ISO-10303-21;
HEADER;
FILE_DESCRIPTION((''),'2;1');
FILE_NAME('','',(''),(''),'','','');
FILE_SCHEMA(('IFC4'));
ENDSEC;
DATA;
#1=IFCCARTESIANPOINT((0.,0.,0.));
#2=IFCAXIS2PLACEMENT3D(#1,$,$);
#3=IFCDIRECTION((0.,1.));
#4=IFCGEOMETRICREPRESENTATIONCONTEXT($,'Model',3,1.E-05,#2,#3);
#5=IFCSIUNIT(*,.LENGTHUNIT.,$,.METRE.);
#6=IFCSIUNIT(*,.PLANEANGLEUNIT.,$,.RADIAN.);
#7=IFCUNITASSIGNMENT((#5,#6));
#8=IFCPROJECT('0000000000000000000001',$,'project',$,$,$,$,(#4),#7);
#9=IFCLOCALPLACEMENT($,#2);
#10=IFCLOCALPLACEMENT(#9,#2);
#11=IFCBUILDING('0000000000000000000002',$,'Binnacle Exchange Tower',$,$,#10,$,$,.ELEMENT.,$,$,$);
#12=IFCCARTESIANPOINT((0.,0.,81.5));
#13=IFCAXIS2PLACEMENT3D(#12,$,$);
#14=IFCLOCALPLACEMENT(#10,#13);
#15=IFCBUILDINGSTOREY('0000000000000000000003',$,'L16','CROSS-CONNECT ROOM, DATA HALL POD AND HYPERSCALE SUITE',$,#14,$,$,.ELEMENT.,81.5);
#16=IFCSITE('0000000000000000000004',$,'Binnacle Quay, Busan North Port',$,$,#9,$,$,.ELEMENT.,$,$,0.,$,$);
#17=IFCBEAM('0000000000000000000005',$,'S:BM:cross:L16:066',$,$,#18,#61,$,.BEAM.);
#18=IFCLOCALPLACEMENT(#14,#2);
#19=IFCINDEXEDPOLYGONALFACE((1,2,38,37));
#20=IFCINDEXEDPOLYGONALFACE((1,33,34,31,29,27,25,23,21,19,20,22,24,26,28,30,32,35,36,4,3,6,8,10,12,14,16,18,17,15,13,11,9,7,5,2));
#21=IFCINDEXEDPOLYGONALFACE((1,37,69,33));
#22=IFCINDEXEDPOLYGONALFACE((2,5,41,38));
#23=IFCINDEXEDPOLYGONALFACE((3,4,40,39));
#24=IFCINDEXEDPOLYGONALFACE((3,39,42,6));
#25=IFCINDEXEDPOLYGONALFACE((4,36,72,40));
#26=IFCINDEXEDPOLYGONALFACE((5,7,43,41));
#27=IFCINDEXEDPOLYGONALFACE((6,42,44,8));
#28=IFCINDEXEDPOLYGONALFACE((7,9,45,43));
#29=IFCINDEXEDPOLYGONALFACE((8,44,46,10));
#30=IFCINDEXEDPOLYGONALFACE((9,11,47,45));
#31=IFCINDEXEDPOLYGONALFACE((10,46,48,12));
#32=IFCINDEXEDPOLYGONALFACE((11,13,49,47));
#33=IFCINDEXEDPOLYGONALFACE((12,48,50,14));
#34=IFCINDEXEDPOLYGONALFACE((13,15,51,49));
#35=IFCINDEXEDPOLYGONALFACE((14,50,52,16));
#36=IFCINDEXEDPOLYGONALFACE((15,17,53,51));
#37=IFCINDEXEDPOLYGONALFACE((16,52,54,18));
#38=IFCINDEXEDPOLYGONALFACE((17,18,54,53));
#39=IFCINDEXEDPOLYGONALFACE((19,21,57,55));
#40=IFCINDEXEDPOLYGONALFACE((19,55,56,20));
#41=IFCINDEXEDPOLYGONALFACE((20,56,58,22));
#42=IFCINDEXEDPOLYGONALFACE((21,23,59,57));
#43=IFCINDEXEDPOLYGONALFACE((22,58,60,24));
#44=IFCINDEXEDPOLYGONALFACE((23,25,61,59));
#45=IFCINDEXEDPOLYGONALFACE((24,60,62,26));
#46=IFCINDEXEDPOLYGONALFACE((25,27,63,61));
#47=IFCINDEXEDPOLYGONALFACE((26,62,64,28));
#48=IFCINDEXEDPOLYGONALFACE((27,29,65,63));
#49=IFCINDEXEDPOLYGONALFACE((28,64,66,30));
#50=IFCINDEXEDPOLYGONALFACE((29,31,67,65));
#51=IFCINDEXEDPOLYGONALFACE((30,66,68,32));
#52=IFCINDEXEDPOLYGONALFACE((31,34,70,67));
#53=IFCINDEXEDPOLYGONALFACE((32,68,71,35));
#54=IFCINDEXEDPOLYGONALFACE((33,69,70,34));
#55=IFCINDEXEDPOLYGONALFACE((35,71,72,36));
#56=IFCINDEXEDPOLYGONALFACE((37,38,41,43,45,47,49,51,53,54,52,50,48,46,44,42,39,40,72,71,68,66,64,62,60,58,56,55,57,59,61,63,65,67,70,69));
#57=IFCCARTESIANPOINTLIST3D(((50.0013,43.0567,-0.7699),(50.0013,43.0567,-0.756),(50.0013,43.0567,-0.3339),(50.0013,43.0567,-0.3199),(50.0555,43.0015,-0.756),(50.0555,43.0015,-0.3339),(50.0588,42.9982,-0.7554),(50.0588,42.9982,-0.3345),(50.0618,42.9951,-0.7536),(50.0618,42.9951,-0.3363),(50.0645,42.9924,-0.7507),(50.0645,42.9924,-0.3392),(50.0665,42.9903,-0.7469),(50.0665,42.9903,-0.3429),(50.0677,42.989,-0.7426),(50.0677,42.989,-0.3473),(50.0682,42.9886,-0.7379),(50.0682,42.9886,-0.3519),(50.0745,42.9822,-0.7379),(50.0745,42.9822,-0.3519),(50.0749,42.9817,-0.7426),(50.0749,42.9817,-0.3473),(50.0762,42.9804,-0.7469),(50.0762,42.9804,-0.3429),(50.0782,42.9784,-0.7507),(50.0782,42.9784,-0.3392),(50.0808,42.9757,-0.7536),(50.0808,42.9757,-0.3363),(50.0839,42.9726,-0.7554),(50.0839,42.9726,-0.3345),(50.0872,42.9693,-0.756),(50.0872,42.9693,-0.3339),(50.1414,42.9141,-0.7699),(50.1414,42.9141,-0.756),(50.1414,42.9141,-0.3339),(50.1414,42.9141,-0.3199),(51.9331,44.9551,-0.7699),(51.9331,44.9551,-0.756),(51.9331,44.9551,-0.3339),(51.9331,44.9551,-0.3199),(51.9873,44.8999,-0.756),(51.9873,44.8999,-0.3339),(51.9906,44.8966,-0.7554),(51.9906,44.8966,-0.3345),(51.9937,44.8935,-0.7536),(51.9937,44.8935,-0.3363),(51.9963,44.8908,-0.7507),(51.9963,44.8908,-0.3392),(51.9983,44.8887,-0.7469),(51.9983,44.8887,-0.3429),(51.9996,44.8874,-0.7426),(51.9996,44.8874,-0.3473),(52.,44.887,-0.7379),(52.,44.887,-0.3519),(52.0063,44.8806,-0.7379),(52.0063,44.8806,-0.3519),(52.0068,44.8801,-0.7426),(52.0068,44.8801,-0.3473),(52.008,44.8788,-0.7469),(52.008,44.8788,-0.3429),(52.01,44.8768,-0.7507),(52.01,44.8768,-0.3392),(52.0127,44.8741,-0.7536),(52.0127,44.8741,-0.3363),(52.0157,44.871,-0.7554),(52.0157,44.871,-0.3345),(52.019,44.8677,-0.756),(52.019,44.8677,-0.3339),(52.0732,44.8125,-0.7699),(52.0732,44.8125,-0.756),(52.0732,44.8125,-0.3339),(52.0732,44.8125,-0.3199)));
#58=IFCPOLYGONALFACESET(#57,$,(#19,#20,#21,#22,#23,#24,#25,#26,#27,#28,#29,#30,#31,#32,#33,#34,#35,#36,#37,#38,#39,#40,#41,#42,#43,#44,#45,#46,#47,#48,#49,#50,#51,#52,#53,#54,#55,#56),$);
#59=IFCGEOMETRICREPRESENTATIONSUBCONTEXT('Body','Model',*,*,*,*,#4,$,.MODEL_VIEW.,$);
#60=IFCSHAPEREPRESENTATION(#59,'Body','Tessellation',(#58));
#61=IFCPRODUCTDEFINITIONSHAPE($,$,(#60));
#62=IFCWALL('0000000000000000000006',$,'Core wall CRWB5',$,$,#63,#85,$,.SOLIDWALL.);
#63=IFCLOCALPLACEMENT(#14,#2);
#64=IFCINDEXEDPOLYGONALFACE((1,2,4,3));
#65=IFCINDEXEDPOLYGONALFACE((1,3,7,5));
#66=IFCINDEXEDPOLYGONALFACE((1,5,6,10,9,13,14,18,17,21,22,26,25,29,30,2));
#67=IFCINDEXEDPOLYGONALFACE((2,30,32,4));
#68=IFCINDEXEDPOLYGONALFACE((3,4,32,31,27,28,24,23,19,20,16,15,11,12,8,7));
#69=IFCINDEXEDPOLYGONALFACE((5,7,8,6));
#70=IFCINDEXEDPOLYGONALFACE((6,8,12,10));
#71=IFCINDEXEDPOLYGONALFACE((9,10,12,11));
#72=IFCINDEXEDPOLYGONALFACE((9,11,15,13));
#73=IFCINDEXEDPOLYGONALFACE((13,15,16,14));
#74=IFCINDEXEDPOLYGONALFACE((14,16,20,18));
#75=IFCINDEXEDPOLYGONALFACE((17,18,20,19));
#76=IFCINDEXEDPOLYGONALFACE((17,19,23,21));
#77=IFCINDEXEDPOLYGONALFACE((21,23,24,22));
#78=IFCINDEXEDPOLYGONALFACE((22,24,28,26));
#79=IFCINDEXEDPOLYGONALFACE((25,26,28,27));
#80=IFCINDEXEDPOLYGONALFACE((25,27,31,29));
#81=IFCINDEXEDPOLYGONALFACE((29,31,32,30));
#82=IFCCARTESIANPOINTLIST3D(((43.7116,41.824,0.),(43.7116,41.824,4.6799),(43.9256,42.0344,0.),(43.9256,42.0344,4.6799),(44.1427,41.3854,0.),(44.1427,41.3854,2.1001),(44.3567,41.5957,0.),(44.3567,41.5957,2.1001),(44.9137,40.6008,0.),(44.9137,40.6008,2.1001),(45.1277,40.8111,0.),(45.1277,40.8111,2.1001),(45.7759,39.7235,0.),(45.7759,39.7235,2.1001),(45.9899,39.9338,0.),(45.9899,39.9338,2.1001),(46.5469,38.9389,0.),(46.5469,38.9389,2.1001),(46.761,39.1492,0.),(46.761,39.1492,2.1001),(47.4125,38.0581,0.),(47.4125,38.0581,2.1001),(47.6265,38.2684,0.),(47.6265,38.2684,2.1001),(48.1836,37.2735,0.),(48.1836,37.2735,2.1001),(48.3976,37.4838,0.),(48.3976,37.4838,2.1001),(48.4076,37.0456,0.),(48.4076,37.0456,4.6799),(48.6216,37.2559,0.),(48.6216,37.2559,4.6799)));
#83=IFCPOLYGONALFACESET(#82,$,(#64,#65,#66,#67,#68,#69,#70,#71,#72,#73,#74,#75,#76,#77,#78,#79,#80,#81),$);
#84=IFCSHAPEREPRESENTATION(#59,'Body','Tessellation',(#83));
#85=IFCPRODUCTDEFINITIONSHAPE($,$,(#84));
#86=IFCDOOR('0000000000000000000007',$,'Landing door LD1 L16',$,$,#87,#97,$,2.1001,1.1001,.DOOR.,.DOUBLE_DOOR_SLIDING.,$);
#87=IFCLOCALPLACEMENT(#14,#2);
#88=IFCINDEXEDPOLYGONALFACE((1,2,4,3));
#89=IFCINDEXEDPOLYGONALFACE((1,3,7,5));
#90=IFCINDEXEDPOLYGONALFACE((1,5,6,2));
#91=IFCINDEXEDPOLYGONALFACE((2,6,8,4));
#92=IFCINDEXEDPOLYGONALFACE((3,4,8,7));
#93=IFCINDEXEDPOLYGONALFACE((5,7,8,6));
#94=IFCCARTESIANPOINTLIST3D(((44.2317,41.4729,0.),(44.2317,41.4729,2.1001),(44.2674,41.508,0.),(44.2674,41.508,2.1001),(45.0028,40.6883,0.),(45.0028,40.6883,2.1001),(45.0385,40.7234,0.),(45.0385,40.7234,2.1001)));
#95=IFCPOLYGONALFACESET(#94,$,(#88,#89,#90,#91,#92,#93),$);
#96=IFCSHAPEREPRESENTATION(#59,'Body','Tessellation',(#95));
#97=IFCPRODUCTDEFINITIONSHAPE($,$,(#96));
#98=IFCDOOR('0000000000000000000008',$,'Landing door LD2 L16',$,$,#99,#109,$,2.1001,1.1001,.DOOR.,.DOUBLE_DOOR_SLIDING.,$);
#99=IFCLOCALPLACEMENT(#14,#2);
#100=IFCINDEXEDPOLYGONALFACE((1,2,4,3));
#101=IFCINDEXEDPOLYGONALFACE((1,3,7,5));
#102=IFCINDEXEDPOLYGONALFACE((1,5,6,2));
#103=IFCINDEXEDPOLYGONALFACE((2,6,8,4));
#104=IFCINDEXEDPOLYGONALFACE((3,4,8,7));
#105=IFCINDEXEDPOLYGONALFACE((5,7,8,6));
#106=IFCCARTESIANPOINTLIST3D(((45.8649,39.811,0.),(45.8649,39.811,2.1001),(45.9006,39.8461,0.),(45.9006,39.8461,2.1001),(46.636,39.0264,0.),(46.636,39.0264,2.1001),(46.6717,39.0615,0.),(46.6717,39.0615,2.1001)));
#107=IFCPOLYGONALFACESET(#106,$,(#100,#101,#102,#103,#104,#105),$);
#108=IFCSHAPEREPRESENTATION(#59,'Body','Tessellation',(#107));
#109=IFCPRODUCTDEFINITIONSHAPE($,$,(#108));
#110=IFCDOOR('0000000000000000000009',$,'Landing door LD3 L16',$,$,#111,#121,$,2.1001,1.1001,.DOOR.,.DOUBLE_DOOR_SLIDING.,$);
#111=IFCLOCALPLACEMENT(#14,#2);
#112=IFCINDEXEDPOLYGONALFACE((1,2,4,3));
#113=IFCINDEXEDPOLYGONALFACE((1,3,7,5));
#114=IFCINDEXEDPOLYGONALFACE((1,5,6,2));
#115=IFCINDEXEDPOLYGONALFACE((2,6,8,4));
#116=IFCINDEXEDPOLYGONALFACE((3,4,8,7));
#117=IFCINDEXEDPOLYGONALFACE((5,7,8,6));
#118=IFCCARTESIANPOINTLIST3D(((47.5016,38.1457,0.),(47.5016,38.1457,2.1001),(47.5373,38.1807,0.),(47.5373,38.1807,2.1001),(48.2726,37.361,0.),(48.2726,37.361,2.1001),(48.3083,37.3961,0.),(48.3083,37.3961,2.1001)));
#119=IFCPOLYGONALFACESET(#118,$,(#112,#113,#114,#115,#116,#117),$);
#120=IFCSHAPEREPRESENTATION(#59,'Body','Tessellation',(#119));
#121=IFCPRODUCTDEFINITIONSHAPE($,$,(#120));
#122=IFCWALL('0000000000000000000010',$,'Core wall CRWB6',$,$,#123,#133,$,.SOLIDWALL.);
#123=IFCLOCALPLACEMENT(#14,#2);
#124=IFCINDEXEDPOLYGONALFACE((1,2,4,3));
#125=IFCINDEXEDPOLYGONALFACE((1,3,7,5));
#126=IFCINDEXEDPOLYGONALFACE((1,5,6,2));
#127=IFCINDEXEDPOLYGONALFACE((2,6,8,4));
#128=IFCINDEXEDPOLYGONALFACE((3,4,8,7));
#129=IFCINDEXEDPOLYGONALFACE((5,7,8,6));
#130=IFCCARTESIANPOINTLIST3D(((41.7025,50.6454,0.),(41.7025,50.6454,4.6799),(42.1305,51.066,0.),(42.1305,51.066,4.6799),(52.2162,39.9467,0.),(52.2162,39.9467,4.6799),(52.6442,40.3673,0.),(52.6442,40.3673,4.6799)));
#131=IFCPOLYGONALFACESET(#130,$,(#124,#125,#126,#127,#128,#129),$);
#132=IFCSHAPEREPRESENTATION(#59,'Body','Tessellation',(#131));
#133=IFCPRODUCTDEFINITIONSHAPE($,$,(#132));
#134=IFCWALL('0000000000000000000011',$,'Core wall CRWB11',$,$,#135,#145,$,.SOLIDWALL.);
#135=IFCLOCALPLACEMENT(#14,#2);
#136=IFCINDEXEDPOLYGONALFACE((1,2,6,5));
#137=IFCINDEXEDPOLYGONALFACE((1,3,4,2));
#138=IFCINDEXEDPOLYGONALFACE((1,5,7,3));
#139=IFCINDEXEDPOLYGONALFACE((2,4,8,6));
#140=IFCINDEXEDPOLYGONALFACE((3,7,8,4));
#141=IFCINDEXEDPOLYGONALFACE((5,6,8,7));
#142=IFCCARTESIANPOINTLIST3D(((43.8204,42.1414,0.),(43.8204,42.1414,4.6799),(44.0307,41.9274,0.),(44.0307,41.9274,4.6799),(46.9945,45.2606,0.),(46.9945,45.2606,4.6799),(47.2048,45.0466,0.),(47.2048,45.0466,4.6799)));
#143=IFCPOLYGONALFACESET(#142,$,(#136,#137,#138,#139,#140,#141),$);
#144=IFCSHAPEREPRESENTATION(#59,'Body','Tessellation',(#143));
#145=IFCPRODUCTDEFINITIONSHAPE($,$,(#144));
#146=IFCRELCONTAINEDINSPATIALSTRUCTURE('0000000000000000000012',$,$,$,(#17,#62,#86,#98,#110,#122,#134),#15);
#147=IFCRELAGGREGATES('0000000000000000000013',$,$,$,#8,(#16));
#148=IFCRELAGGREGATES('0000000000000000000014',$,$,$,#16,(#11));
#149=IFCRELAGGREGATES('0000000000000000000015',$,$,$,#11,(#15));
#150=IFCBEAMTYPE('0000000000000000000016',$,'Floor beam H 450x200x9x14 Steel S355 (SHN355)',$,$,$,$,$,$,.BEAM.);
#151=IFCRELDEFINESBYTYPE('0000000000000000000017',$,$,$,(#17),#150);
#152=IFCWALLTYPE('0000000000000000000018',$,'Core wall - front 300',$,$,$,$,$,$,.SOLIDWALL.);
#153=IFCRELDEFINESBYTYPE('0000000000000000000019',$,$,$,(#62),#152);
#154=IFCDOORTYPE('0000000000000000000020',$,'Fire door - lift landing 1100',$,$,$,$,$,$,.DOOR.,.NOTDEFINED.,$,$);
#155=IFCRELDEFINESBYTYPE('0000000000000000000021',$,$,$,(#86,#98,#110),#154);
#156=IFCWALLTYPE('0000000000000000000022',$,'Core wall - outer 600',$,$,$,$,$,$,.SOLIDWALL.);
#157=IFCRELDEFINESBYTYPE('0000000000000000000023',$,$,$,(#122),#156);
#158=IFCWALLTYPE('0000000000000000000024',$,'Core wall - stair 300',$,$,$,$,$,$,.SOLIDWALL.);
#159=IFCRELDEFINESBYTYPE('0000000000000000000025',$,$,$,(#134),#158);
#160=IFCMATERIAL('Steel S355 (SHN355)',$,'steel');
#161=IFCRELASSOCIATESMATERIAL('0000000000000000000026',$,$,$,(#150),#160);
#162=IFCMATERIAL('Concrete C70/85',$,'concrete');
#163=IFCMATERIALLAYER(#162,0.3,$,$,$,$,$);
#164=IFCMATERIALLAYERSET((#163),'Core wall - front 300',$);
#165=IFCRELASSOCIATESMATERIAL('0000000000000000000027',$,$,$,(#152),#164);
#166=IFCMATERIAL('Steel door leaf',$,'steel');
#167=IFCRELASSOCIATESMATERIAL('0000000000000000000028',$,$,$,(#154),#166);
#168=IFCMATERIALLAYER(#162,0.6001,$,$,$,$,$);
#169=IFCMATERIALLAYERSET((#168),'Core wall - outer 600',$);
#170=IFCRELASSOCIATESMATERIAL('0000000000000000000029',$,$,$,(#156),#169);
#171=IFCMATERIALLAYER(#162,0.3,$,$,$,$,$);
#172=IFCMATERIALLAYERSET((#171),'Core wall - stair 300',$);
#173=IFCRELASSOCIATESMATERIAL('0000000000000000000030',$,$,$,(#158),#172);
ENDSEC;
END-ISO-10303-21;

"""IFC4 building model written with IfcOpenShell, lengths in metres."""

from ifc_helpers import new_model, si_unit, direction, frame, frame_2d, origin, origin_2d, place, context, subcontext, project, spatial, rectangle, i_section, extrude, material, layer, layer_set, material_profile, profile_set, type_object, element, fill, save


model = new_model("IFC4")

# Units and contexts
model_context = context("Model", 3, precision=1e-05, world=origin(), true_north=direction((0.0, 1.0)))
body_context = subcontext(model_context, "Body", "Model", "MODEL_VIEW")
ifc_project = project(units=[si_unit("LENGTHUNIT", "METRE"), si_unit("PLANEANGLEUNIT", "RADIAN")], contexts=[model_context])

# Site, building, storey
site_placement = place(None, origin())
site = spatial("IfcSite", under=ifc_project, at=site_placement, Name="Binnacle Quay, Busan North Port", CompositionType="ELEMENT", RefElevation=0.0)
building_placement = place(site_placement, origin())
building = spatial("IfcBuilding", under=site, at=building_placement, Name="Binnacle Exchange Tower", CompositionType="ELEMENT")
storey_placement = place(building_placement, frame((0.0, 0.0, 81.5)))
storey = spatial("IfcBuildingStorey", under=building, at=storey_placement, Name="L16", Description="CROSS-CONNECT ROOM, DATA HALL POD AND HYPERSCALE SUITE", CompositionType="ELEMENT", Elevation=81.5)

# Shared definitions
ifc_material_1 = material(Name="Concrete C70/85", Category="concrete")

# Beam
ifc_material_2 = material(Name="Steel S355 (SHN355)", Category="steel")
ifc_material_profile_1 = material_profile(ifc_material_2, i_section(OverallWidth=0.2, OverallDepth=0.45, WebThickness=0.009, FlangeThickness=0.0139, FilletRadius=0.0181, at=origin_2d()), Name="H 450x200x9x14")
ifc_profile_set_1 = profile_set([ifc_material_profile_1], Name="Steel S355 (SHN355)")
beam_type_1 = type_object("IfcBeamType", Name="Floor beam H 450x200x9x14 Steel S355 (SHN355)", PredefinedType="BEAM", material=ifc_profile_set_1)
for number, where, z_axis, x_axis, name in (
    (1, (52.0032, 44.8838, -0.5449), (-0.713254, -0.700905, 0.0), (0.700905, -0.713254, 0.0), "S:BM:cross:L16:066"),
):
    element("IfcBeam", number, at=place(storey_placement, frame(where, z_axis=z_axis, x_axis=x_axis)), inside=storey, type_object=beam_type_1, Name=name, PredefinedType="BEAM", context=body_context, shape_type="SweptSolid", body=[
        extrude(i_section(OverallWidth=0.2, OverallDepth=0.45, WebThickness=0.009, FlangeThickness=0.0139, FilletRadius=0.0181, at=origin_2d()), origin(), (0.0, 0.0, 1.0), 2.7085),
    ])

# Wall, openings, doors
ifc_layer_1 = layer(ifc_material_1, 0.3)
ifc_layer_set_1 = layer_set([ifc_layer_1], Name="Core wall - front 300")
wall_type_1 = type_object("IfcWallType", Name="Core wall - front 300", PredefinedType="SOLIDWALL", material=ifc_layer_set_1)
wall_1_placement = place(storey_placement, frame((43.8186, 41.9292, 0.0), z_axis=(0.0, 0.0, 1.0), x_axis=(0.700922, -0.713238, 0.0)))
wall_1 = element("IfcWall", 2, at=wall_1_placement, inside=storey, type_object=wall_type_1, Name="Core wall CRWB5", PredefinedType="SOLIDWALL", context=body_context, shape_type="SweptSolid", body=[
    extrude(rectangle(XDim=6.6997, YDim=0.3, at=frame_2d((3.3499, 0.0))), origin(), (0.0, 0.0, 1.0), 4.6799),
])
opening_1_placement = place(wall_1_placement, frame((0.615, 0.0, 0.0)))
opening_1 = element("IfcOpeningElement", 3, at=opening_1_placement, cuts=wall_1, PredefinedType="OPENING", context=body_context, shape_type="SweptSolid", body=[
    extrude(rectangle(XDim=1.1001, YDim=2.1001, at=frame_2d((0.55, 1.05))), frame((0.0, 0.1599, 0.0), z_axis=(0.0, -1.0, 0.0), x_axis=(1.0, 0.0, 0.0)), (0.0, 0.0, 1.0), 0.3201),
])
opening_2_placement = place(wall_1_placement, frame((2.9451, 0.0, 0.0)))
opening_2 = element("IfcOpeningElement", 4, at=opening_2_placement, cuts=wall_1, PredefinedType="OPENING", context=body_context, shape_type="SweptSolid", body=[
    extrude(rectangle(XDim=1.1001, YDim=2.1001, at=frame_2d((0.55, 1.05))), frame((0.0, 0.1599, 0.0), z_axis=(0.0, -1.0, 0.0), x_axis=(1.0, 0.0, 0.0)), (0.0, 0.0, 1.0), 0.3201),
])
opening_3_placement = place(wall_1_placement, frame((5.28, 0.0, 0.0)))
opening_3 = element("IfcOpeningElement", 5, at=opening_3_placement, cuts=wall_1, PredefinedType="OPENING", context=body_context, shape_type="SweptSolid", body=[
    extrude(rectangle(XDim=1.1001, YDim=2.1001, at=frame_2d((0.55, 1.05))), frame((0.0, 0.1599, 0.0), z_axis=(0.0, -1.0, 0.0), x_axis=(1.0, 0.0, 0.0)), (0.0, 0.0, 1.0), 0.3201),
])
ifc_material_3 = material(Name="Steel door leaf", Category="steel")
door_type = type_object("IfcDoorType", Name="Fire door - lift landing 1100", OperationType="NOTDEFINED", PredefinedType="DOOR", material=ifc_material_3)
door_1_placement = place(opening_1_placement, origin())
door_1 = element("IfcDoor", 6, at=door_1_placement, inside=storey, type_object=door_type, Name="Landing door LD1 L16", OperationType="DOUBLE_DOOR_SLIDING", OverallHeight=2.1001, OverallWidth=1.1001, PredefinedType="DOOR", context=body_context, shape_type="SweptSolid", body=[
    extrude(rectangle(XDim=1.1001, YDim=2.1001, at=frame_2d((0.55, 1.05))), frame((0.0, 0.0249, 0.0), z_axis=(0.0, -1.0, 0.0), x_axis=(1.0, 0.0, 0.0)), (0.0, 0.0, 1.0), 0.05),
])
fill(opening_1, door_1)
door_2_placement = place(opening_2_placement, origin())
door_2 = element("IfcDoor", 7, at=door_2_placement, inside=storey, type_object=door_type, Name="Landing door LD2 L16", OperationType="DOUBLE_DOOR_SLIDING", OverallHeight=2.1001, OverallWidth=1.1001, PredefinedType="DOOR", context=body_context, shape_type="SweptSolid", body=[
    extrude(rectangle(XDim=1.1001, YDim=2.1001, at=frame_2d((0.55, 1.05))), frame((0.0, 0.0249, 0.0), z_axis=(0.0, -1.0, 0.0), x_axis=(1.0, 0.0, 0.0)), (0.0, 0.0, 1.0), 0.05),
])
fill(opening_2, door_2)
door_3_placement = place(opening_3_placement, origin())
door_3 = element("IfcDoor", 8, at=door_3_placement, inside=storey, type_object=door_type, Name="Landing door LD3 L16", OperationType="DOUBLE_DOOR_SLIDING", OverallHeight=2.1001, OverallWidth=1.1001, PredefinedType="DOOR", context=body_context, shape_type="SweptSolid", body=[
    extrude(rectangle(XDim=1.1001, YDim=2.1001, at=frame_2d((0.55, 1.05))), frame((0.0, 0.0249, 0.0), z_axis=(0.0, -1.0, 0.0), x_axis=(1.0, 0.0, 0.0)), (0.0, 0.0, 1.0), 0.05),
])
fill(opening_3, door_3)

# Walls
ifc_layer_2 = layer(ifc_material_1, 0.6001)
ifc_layer_set_2 = layer_set([ifc_layer_2], Name="Core wall - outer 600")
wall_type_2 = type_object("IfcWallType", Name="Core wall - outer 600", PredefinedType="SOLIDWALL", material=ifc_layer_set_2)
wall_2_placement = place(storey_placement, frame((41.9165, 50.8557, 0.0), z_axis=(0.0, 0.0, 1.0), x_axis=(0.700911, -0.713248, 0.0)))
element("IfcWall", 9, at=wall_2_placement, inside=storey, type_object=wall_type_2, Name="Core wall CRWB6", PredefinedType="SOLIDWALL", context=body_context, shape_type="SweptSolid", body=[
    extrude(rectangle(XDim=15.0, YDim=0.6001, at=frame_2d((7.5, 0.0))), origin(), (0.0, 0.0, 1.0), 4.6799),
])
ifc_layer_3 = layer(ifc_material_1, 0.3)
ifc_layer_set_3 = layer_set([ifc_layer_3], Name="Core wall - stair 300")
wall_type_3 = type_object("IfcWallType", Name="Core wall - stair 300", PredefinedType="SOLIDWALL", material=ifc_layer_set_3)
wall_3_placement = place(storey_placement, frame((43.9255, 42.0344, 0.0), z_axis=(0.0, 0.0, 1.0), x_axis=(0.713252, 0.700908, 0.0)))
element("IfcWall", 10, at=wall_3_placement, inside=storey, type_object=wall_type_3, Name="Core wall CRWB11", PredefinedType="SOLIDWALL", context=body_context, shape_type="SweptSolid", body=[
    extrude(rectangle(XDim=4.4502, YDim=0.3, at=frame_2d((2.2251, 0.0))), origin(), (0.0, 0.0, 1.0), 4.6799),
])

save(model, "model.ifc")
